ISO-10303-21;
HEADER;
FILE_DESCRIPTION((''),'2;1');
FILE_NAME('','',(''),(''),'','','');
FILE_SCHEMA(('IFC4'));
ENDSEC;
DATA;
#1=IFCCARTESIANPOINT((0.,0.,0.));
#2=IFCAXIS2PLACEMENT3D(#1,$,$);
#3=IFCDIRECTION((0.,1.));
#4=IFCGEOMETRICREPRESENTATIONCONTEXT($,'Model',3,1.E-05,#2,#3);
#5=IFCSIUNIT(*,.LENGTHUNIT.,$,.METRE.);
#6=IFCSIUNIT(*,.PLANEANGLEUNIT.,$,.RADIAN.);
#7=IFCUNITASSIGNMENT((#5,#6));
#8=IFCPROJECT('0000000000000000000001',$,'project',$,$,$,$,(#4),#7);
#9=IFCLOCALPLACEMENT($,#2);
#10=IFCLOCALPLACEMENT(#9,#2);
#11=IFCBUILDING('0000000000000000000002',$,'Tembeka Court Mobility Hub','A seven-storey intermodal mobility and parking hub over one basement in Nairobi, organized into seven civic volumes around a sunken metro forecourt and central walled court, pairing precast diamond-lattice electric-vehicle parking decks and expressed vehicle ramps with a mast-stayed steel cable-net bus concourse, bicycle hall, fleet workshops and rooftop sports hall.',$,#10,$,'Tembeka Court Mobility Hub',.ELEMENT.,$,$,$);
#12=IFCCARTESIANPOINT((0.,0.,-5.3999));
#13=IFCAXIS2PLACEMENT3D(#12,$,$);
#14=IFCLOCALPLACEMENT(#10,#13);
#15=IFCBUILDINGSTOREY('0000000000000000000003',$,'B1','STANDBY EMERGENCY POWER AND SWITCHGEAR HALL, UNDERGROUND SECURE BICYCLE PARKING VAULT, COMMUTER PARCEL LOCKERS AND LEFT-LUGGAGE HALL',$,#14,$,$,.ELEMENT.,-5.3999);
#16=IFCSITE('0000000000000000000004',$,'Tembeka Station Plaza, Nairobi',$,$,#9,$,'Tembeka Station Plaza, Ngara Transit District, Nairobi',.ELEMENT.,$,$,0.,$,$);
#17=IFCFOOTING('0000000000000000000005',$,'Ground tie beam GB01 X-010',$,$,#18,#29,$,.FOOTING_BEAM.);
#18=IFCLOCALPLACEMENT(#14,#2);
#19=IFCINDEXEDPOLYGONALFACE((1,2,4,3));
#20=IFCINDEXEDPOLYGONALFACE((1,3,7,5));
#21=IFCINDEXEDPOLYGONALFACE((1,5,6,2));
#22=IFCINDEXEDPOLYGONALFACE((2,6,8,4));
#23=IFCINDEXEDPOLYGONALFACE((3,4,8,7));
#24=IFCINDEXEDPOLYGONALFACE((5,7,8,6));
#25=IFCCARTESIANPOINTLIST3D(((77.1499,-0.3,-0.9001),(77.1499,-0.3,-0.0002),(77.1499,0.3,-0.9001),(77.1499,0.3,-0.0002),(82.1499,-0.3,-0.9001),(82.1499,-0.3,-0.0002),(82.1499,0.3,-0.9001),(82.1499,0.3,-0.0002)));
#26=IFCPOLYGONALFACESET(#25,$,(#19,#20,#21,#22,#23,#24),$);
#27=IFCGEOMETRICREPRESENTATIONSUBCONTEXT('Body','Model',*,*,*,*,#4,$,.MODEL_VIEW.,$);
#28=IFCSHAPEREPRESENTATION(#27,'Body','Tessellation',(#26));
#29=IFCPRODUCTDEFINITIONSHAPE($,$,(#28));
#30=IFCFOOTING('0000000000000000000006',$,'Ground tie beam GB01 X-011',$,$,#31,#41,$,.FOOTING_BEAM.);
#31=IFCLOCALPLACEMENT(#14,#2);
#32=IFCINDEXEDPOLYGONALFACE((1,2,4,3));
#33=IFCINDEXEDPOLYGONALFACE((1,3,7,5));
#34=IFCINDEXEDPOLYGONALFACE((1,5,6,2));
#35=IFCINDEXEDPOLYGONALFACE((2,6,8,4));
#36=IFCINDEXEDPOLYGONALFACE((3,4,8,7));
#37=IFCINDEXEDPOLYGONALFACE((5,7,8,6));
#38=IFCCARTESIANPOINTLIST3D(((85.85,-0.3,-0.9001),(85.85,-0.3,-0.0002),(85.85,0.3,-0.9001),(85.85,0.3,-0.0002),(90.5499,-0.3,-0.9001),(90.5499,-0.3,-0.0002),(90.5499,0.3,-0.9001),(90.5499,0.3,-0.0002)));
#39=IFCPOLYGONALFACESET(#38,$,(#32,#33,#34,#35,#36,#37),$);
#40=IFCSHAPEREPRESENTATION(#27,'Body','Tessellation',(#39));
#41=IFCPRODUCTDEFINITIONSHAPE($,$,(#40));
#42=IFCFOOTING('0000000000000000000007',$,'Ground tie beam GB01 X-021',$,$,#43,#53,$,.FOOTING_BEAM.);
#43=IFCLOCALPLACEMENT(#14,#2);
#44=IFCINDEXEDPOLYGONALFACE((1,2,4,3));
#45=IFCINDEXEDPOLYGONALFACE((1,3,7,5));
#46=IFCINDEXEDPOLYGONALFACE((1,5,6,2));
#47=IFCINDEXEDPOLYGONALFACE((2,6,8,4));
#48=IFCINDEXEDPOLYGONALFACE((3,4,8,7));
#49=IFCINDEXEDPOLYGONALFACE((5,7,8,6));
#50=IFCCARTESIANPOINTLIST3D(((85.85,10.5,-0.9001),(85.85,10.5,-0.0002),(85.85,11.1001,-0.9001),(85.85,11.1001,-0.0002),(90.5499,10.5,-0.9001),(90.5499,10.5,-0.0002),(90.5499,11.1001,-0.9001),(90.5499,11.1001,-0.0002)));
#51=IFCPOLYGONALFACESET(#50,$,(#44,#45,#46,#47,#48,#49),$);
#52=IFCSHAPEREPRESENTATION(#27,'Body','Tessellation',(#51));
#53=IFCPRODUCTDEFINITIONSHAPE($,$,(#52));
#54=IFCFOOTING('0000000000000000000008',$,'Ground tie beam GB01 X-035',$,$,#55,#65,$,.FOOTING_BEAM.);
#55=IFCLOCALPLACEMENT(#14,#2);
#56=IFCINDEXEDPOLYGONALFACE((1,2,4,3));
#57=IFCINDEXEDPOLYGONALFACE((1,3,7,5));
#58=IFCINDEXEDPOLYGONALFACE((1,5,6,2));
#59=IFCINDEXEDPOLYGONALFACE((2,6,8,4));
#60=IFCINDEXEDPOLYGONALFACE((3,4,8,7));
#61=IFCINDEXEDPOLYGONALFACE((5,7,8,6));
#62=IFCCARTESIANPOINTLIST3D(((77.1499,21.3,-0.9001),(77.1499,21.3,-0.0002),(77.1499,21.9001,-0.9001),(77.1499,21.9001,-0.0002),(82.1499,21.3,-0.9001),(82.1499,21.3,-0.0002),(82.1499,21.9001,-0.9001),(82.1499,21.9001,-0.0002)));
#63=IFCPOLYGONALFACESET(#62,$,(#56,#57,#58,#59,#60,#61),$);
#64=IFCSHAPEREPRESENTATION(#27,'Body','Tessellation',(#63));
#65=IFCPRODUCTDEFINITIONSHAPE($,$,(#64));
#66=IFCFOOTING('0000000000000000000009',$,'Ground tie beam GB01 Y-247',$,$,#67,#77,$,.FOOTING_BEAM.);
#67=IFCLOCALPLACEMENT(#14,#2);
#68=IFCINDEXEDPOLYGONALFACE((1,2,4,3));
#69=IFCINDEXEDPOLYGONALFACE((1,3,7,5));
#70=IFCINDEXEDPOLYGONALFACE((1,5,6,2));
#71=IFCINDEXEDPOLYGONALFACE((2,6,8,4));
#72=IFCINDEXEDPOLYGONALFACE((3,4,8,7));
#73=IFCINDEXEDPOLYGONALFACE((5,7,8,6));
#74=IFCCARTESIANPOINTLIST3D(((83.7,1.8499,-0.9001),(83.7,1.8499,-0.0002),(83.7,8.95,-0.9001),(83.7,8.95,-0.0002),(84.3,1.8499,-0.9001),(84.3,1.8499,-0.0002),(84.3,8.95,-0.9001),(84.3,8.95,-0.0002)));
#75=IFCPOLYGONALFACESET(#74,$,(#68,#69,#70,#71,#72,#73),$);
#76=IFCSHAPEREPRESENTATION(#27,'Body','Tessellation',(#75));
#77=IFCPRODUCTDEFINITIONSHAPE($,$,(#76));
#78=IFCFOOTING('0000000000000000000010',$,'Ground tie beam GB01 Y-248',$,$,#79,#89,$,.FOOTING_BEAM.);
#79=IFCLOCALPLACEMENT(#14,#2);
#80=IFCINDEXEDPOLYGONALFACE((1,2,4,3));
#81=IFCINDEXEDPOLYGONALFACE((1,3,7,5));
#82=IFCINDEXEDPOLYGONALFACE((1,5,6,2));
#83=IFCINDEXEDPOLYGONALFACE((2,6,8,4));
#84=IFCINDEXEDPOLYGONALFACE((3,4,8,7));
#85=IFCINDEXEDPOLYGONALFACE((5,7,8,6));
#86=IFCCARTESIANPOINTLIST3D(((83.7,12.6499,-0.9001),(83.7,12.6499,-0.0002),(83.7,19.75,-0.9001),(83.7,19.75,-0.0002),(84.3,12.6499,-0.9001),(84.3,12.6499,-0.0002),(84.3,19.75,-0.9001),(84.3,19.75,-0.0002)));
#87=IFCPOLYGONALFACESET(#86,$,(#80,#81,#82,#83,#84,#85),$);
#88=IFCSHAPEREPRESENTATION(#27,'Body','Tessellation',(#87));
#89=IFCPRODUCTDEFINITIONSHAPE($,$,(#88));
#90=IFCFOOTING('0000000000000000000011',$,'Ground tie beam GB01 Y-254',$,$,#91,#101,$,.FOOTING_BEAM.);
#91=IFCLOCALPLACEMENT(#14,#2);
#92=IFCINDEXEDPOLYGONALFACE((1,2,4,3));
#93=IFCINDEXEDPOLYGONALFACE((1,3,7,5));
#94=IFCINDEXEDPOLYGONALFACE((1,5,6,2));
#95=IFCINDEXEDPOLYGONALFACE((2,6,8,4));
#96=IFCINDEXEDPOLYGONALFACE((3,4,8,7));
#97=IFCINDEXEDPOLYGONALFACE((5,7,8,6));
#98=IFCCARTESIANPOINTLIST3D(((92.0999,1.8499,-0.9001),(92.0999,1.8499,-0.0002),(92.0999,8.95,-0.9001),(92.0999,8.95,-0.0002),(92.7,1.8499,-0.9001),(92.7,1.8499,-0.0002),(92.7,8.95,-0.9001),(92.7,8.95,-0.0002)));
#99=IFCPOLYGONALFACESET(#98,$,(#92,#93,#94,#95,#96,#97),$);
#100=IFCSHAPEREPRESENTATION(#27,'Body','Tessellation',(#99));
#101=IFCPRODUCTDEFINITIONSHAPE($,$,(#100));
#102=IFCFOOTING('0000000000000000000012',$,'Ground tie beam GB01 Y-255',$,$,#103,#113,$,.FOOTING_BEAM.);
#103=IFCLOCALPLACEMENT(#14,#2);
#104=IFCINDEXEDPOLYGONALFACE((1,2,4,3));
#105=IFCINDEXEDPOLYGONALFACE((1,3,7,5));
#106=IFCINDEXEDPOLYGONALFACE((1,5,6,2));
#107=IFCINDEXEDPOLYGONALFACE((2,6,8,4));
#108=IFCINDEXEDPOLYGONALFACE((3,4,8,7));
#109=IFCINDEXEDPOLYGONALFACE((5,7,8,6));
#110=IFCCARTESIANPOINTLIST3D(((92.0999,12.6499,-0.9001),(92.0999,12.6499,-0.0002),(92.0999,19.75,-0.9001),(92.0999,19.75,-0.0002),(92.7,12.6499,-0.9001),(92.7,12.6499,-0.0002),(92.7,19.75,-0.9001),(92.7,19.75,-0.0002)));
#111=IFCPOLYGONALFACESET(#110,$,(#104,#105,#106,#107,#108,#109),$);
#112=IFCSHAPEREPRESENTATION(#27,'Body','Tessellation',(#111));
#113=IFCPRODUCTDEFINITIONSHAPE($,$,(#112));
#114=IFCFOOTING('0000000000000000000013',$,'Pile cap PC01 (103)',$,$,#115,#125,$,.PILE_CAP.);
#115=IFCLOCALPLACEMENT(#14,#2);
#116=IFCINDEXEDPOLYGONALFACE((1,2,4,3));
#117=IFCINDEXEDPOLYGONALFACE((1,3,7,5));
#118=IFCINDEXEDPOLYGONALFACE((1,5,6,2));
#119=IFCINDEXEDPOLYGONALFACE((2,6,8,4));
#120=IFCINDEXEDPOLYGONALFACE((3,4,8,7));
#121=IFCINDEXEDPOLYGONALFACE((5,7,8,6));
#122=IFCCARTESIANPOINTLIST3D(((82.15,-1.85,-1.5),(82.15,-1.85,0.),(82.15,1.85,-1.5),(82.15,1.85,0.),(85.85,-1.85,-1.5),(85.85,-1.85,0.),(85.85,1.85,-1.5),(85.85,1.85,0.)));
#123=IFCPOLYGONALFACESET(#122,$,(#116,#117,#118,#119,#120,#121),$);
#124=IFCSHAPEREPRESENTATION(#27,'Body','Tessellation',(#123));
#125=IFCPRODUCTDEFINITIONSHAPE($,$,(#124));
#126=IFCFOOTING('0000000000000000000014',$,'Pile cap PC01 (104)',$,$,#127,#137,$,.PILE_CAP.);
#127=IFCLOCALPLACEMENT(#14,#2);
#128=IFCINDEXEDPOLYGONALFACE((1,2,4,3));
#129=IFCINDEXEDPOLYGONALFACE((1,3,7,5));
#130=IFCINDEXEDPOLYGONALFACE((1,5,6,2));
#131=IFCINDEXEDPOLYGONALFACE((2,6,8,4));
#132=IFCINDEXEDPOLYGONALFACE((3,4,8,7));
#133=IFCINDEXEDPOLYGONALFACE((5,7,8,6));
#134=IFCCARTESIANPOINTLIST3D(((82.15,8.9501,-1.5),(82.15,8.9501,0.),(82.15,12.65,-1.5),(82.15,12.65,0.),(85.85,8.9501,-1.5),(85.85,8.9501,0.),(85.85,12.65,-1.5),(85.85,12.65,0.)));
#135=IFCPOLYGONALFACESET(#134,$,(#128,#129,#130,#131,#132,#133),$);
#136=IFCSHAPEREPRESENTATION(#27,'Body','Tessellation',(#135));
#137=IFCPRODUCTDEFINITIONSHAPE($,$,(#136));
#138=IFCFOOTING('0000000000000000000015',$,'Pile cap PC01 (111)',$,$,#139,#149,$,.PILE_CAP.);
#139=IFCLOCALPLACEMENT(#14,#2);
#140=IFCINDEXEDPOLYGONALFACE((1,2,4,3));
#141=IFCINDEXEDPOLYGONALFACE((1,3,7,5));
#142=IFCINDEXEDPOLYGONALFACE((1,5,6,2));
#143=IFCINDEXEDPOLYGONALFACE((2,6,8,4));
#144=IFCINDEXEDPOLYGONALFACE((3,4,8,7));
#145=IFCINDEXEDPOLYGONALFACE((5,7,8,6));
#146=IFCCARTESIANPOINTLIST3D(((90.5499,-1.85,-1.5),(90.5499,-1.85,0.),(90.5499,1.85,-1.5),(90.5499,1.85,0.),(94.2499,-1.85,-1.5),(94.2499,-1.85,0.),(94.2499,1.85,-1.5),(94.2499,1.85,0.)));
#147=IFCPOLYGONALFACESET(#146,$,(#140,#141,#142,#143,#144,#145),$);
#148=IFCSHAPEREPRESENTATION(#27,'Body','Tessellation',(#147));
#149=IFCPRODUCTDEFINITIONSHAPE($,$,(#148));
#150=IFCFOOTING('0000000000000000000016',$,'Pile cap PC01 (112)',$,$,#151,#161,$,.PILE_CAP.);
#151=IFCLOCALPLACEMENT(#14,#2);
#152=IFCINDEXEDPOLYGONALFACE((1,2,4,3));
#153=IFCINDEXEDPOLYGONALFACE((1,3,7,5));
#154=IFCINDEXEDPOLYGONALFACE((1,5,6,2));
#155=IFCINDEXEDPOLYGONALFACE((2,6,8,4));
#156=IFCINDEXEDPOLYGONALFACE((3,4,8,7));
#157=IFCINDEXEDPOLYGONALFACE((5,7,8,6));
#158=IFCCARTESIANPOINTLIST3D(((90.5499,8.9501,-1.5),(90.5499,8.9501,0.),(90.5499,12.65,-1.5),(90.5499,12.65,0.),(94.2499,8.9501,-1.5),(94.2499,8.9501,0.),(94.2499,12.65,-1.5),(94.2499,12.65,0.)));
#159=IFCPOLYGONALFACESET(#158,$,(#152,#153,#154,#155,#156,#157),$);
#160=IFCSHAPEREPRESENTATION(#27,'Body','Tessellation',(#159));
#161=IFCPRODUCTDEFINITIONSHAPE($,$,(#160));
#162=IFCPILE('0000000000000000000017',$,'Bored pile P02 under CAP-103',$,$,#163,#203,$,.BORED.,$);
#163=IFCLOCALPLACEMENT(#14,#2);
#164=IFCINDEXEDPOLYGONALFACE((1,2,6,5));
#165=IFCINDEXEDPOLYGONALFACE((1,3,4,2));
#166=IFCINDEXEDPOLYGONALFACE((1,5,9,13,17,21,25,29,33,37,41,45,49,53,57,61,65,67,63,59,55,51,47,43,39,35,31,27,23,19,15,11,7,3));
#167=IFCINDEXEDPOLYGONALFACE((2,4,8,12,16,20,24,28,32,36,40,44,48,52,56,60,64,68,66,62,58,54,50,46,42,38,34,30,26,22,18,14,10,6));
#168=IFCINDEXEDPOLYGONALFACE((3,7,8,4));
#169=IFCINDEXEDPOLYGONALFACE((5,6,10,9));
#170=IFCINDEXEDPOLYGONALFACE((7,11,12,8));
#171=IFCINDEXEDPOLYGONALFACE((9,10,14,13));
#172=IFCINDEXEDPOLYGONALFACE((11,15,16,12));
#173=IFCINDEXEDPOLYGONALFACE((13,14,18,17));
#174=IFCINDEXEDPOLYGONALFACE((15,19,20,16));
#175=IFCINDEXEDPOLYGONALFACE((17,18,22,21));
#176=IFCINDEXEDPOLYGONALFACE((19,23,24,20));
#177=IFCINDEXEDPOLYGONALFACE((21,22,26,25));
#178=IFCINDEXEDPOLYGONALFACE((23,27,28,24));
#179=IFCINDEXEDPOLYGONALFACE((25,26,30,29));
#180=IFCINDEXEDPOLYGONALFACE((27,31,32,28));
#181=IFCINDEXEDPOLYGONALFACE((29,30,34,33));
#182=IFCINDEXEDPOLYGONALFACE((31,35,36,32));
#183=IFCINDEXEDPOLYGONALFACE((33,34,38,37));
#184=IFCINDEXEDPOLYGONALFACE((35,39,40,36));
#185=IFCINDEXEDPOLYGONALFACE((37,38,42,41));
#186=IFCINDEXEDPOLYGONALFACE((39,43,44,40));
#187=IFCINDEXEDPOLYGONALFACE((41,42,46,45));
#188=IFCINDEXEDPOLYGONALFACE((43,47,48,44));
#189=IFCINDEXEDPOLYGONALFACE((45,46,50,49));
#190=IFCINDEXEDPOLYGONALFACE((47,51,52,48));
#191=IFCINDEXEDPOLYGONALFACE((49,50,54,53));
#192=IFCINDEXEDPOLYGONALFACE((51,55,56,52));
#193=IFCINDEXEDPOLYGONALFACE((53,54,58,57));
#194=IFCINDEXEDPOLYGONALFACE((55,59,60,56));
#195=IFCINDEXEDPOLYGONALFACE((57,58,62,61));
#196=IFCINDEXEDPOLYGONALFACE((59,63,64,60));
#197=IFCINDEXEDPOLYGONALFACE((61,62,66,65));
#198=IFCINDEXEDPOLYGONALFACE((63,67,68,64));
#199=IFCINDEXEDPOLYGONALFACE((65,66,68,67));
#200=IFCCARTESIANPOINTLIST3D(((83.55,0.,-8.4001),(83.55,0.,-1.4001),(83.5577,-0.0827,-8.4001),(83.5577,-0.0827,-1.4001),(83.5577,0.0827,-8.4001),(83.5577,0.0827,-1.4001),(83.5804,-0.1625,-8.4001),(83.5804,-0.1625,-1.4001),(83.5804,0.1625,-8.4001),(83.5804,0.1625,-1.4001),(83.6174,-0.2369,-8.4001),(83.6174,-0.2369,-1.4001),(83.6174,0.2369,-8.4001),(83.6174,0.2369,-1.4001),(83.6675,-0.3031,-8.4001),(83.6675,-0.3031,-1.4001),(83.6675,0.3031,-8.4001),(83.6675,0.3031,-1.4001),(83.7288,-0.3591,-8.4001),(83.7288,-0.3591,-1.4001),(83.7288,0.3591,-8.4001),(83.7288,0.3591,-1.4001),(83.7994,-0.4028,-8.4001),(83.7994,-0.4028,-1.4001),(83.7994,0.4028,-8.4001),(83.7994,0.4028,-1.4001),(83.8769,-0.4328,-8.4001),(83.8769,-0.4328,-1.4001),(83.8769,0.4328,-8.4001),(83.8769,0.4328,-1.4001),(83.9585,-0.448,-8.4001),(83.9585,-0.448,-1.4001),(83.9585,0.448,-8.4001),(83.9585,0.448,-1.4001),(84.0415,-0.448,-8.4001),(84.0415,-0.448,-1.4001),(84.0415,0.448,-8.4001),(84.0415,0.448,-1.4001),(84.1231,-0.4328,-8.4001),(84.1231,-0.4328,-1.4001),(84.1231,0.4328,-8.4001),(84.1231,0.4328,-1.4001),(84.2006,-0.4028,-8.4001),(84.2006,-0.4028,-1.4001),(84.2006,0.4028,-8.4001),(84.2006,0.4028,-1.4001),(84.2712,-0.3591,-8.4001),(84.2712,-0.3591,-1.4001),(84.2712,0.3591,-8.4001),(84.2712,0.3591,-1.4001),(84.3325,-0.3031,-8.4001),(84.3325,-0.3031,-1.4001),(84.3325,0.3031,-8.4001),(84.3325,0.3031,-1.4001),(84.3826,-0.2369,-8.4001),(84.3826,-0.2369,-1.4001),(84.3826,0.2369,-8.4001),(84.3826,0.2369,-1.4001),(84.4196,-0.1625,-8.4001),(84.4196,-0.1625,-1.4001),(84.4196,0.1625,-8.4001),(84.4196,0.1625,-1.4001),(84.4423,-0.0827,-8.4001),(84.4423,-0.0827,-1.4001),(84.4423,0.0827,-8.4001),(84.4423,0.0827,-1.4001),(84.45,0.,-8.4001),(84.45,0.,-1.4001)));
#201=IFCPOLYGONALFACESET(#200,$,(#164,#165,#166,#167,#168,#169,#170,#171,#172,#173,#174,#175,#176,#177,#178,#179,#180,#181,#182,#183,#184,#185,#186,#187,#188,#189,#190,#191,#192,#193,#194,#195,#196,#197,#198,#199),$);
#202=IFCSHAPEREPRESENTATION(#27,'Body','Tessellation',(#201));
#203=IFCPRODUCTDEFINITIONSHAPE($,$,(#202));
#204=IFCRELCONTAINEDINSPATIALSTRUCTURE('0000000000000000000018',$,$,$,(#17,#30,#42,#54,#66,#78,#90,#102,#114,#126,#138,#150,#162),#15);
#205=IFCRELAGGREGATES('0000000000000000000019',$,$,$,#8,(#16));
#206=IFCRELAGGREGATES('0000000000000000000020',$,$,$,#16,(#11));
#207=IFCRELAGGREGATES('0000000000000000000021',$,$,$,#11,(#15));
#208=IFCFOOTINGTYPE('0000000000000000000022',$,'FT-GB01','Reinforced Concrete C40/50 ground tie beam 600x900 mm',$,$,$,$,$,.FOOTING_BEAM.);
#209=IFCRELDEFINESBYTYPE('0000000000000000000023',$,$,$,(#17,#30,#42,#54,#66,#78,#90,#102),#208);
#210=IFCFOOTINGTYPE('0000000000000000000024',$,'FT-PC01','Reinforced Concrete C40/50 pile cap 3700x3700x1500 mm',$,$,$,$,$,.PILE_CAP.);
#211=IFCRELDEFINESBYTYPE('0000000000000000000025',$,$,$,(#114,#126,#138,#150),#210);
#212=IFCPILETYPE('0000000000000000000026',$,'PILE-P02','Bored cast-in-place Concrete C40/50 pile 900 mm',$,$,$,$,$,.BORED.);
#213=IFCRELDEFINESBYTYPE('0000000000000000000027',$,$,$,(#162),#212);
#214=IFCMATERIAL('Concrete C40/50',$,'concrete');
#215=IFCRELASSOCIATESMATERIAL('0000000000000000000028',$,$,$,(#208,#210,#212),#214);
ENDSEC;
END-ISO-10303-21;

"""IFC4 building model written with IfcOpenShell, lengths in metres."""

from ifc_helpers import new_model, si_unit, direction, frame, origin, origin_2d, place, context, subcontext, project, spatial, rectangle, circle, extrude, material, material_profile, profile_set, type_object, element, save


model = new_model("IFC4")

# Units and contexts
model_context = context("Model", 3, precision=1e-05, world=origin(), true_north=direction((0.0, 1.0)))
body_context = subcontext(model_context, "Body", "Model", "MODEL_VIEW")
ifc_project = project(units=[si_unit("LENGTHUNIT", "METRE"), si_unit("PLANEANGLEUNIT", "RADIAN")], contexts=[model_context])

# Site, building, storey
site_placement = place(None, origin())
site = spatial("IfcSite", under=ifc_project, at=site_placement, Name="Tembeka Station Plaza, Nairobi", LongName="Tembeka Station Plaza, Ngara Transit District, Nairobi", CompositionType="ELEMENT", RefElevation=0.0)
building_placement = place(site_placement, origin())
building = spatial("IfcBuilding", under=site, at=building_placement, Name="Tembeka Court Mobility Hub", Description="A seven-storey intermodal mobility and parking hub over one basement in Nairobi, organized into seven civic volumes around a sunken metro forecourt and central walled court, pairing precast diamond-lattice electric-vehicle parking decks and expressed vehicle ramps with a mast-stayed steel cable-net bus concourse, bicycle hall, fleet workshops and rooftop sports hall.", LongName="Tembeka Court Mobility Hub", CompositionType="ELEMENT")
storey_placement = place(building_placement, frame((0.0, 0.0, -5.3999)))
storey = spatial("IfcBuildingStorey", under=building, at=storey_placement, Name="B1", Description="STANDBY EMERGENCY POWER AND SWITCHGEAR HALL, UNDERGROUND SECURE BICYCLE PARKING VAULT, COMMUTER PARCEL LOCKERS AND LEFT-LUGGAGE HALL", CompositionType="ELEMENT", Elevation=-5.3999)

# Footings
ifc_material_1 = material(Name="Concrete C40/50", Category="concrete")
footing_type_1 = type_object("IfcFootingType", Name="FT-GB01", Description="Reinforced Concrete C40/50 ground tie beam 600x900 mm", PredefinedType="FOOTING_BEAM", material=ifc_material_1)
footing_1_placement = place(storey_placement, frame((79.6499, 0.0, -0.9001), z_axis=(0.0, 0.0, 1.0), x_axis=(1.0, 0.0, 0.0)))
element("IfcFooting", 1, at=footing_1_placement, inside=storey, type_object=footing_type_1, Name="Ground tie beam GB01 X-010", PredefinedType="FOOTING_BEAM", context=body_context, shape_type="SweptSolid", body=[
    extrude(rectangle(XDim=5.0, YDim=0.6001, at=origin_2d()), origin(), (0.0, 0.0, 1.0), 0.8999),
])
for number, where, z_axis, x_axis, name in (
    (2, (88.2, 0.0, -0.9001), (0.0, 0.0, 1.0), (1.0, 0.0, 0.0), "Ground tie beam GB01 X-011"),
    (3, (88.2, 10.8, -0.9001), (0.0, 0.0, 1.0), (1.0, 0.0, 0.0), "Ground tie beam GB01 X-021"),
):
    element("IfcFooting", number, at=place(storey_placement, frame(where, z_axis=z_axis, x_axis=x_axis)), inside=storey, type_object=footing_type_1, Name=name, PredefinedType="FOOTING_BEAM", context=body_context, shape_type="SweptSolid", body=[
        extrude(rectangle(XDim=4.7, YDim=0.6001, at=origin_2d()), origin(), (0.0, 0.0, 1.0), 0.8999),
    ])
footing_2_placement = place(storey_placement, frame((79.6499, 21.6001, -0.9001), z_axis=(0.0, 0.0, 1.0), x_axis=(1.0, 0.0, 0.0)))
element("IfcFooting", 4, at=footing_2_placement, inside=storey, type_object=footing_type_1, Name="Ground tie beam GB01 X-035", PredefinedType="FOOTING_BEAM", context=body_context, shape_type="SweptSolid", body=[
    extrude(rectangle(XDim=5.0, YDim=0.6001, at=origin_2d()), origin(), (0.0, 0.0, 1.0), 0.8999),
])
for number, where, z_axis, x_axis, name in (
    (5, (84.0, 5.3999, -0.9001), (0.0, 0.0, 1.0), (0.0, 1.0, 0.0), "Ground tie beam GB01 Y-247"),
    (6, (84.0, 16.2, -0.9001), (0.0, 0.0, 1.0), (0.0, 1.0, 0.0), "Ground tie beam GB01 Y-248"),
    (7, (92.3999, 5.3999, -0.9001), (0.0, 0.0, 1.0), (0.0, 1.0, 0.0), "Ground tie beam GB01 Y-254"),
    (8, (92.3999, 16.2, -0.9001), (0.0, 0.0, 1.0), (0.0, 1.0, 0.0), "Ground tie beam GB01 Y-255"),
):
    element("IfcFooting", number, at=place(storey_placement, frame(where, z_axis=z_axis, x_axis=x_axis)), inside=storey, type_object=footing_type_1, Name=name, PredefinedType="FOOTING_BEAM", context=body_context, shape_type="SweptSolid", body=[
        extrude(rectangle(XDim=7.1001, YDim=0.6001, at=origin_2d()), origin(), (0.0, 0.0, 1.0), 0.8999),
    ])
footing_type_2 = type_object("IfcFootingType", Name="FT-PC01", Description="Reinforced Concrete C40/50 pile cap 3700x3700x1500 mm", PredefinedType="PILE_CAP", material=ifc_material_1)
for number, where, z_axis, x_axis, name in (
    (9, (84.0, 0.0, -1.5), (0.0, 0.0, 1.0), (1.0, 0.0, 0.0), "Pile cap PC01 (103)"),
    (10, (84.0, 10.8, -1.5), (0.0, 0.0, 1.0), (1.0, 0.0, 0.0), "Pile cap PC01 (104)"),
    (11, (92.3999, 0.0, -1.5), (0.0, 0.0, 1.0), (1.0, 0.0, 0.0), "Pile cap PC01 (111)"),
    (12, (92.3999, 10.8, -1.5), (0.0, 0.0, 1.0), (1.0, 0.0, 0.0), "Pile cap PC01 (112)"),
):
    element("IfcFooting", number, at=place(storey_placement, frame(where, z_axis=z_axis, x_axis=x_axis)), inside=storey, type_object=footing_type_2, Name=name, PredefinedType="PILE_CAP", context=body_context, shape_type="SweptSolid", body=[
        extrude(rectangle(XDim=3.7, YDim=3.7, at=origin_2d()), origin(), (0.0, 0.0, 1.0), 1.5),
    ])

# Pile
ifc_material_profile_1 = material_profile(ifc_material_1, circle(Radius=0.45, at=origin_2d()), Name="PILE D900")
ifc_profile_set_1 = profile_set([ifc_material_profile_1], Name="Concrete C40/50")
pile_type = type_object("IfcPileType", Name="PILE-P02", Description="Bored cast-in-place Concrete C40/50 pile 900 mm", PredefinedType="BORED", material=ifc_profile_set_1)
for number, where, z_axis, x_axis, name in (
    (13, (84.0, 0.0, -1.4001), (0.0, 0.0, -1.0), (1.0, 0.0, 0.0), "Bored pile P02 under CAP-103"),
):
    element("IfcPile", number, at=place(storey_placement, frame(where, z_axis=z_axis, x_axis=x_axis)), inside=storey, type_object=pile_type, Name=name, PredefinedType="BORED", context=body_context, shape_type="SweptSolid", body=[
        extrude(circle(Radius=0.45, at=origin_2d()), origin(), (0.0, 0.0, 1.0), 7.0),
    ])

save(model, "model.ifc")
